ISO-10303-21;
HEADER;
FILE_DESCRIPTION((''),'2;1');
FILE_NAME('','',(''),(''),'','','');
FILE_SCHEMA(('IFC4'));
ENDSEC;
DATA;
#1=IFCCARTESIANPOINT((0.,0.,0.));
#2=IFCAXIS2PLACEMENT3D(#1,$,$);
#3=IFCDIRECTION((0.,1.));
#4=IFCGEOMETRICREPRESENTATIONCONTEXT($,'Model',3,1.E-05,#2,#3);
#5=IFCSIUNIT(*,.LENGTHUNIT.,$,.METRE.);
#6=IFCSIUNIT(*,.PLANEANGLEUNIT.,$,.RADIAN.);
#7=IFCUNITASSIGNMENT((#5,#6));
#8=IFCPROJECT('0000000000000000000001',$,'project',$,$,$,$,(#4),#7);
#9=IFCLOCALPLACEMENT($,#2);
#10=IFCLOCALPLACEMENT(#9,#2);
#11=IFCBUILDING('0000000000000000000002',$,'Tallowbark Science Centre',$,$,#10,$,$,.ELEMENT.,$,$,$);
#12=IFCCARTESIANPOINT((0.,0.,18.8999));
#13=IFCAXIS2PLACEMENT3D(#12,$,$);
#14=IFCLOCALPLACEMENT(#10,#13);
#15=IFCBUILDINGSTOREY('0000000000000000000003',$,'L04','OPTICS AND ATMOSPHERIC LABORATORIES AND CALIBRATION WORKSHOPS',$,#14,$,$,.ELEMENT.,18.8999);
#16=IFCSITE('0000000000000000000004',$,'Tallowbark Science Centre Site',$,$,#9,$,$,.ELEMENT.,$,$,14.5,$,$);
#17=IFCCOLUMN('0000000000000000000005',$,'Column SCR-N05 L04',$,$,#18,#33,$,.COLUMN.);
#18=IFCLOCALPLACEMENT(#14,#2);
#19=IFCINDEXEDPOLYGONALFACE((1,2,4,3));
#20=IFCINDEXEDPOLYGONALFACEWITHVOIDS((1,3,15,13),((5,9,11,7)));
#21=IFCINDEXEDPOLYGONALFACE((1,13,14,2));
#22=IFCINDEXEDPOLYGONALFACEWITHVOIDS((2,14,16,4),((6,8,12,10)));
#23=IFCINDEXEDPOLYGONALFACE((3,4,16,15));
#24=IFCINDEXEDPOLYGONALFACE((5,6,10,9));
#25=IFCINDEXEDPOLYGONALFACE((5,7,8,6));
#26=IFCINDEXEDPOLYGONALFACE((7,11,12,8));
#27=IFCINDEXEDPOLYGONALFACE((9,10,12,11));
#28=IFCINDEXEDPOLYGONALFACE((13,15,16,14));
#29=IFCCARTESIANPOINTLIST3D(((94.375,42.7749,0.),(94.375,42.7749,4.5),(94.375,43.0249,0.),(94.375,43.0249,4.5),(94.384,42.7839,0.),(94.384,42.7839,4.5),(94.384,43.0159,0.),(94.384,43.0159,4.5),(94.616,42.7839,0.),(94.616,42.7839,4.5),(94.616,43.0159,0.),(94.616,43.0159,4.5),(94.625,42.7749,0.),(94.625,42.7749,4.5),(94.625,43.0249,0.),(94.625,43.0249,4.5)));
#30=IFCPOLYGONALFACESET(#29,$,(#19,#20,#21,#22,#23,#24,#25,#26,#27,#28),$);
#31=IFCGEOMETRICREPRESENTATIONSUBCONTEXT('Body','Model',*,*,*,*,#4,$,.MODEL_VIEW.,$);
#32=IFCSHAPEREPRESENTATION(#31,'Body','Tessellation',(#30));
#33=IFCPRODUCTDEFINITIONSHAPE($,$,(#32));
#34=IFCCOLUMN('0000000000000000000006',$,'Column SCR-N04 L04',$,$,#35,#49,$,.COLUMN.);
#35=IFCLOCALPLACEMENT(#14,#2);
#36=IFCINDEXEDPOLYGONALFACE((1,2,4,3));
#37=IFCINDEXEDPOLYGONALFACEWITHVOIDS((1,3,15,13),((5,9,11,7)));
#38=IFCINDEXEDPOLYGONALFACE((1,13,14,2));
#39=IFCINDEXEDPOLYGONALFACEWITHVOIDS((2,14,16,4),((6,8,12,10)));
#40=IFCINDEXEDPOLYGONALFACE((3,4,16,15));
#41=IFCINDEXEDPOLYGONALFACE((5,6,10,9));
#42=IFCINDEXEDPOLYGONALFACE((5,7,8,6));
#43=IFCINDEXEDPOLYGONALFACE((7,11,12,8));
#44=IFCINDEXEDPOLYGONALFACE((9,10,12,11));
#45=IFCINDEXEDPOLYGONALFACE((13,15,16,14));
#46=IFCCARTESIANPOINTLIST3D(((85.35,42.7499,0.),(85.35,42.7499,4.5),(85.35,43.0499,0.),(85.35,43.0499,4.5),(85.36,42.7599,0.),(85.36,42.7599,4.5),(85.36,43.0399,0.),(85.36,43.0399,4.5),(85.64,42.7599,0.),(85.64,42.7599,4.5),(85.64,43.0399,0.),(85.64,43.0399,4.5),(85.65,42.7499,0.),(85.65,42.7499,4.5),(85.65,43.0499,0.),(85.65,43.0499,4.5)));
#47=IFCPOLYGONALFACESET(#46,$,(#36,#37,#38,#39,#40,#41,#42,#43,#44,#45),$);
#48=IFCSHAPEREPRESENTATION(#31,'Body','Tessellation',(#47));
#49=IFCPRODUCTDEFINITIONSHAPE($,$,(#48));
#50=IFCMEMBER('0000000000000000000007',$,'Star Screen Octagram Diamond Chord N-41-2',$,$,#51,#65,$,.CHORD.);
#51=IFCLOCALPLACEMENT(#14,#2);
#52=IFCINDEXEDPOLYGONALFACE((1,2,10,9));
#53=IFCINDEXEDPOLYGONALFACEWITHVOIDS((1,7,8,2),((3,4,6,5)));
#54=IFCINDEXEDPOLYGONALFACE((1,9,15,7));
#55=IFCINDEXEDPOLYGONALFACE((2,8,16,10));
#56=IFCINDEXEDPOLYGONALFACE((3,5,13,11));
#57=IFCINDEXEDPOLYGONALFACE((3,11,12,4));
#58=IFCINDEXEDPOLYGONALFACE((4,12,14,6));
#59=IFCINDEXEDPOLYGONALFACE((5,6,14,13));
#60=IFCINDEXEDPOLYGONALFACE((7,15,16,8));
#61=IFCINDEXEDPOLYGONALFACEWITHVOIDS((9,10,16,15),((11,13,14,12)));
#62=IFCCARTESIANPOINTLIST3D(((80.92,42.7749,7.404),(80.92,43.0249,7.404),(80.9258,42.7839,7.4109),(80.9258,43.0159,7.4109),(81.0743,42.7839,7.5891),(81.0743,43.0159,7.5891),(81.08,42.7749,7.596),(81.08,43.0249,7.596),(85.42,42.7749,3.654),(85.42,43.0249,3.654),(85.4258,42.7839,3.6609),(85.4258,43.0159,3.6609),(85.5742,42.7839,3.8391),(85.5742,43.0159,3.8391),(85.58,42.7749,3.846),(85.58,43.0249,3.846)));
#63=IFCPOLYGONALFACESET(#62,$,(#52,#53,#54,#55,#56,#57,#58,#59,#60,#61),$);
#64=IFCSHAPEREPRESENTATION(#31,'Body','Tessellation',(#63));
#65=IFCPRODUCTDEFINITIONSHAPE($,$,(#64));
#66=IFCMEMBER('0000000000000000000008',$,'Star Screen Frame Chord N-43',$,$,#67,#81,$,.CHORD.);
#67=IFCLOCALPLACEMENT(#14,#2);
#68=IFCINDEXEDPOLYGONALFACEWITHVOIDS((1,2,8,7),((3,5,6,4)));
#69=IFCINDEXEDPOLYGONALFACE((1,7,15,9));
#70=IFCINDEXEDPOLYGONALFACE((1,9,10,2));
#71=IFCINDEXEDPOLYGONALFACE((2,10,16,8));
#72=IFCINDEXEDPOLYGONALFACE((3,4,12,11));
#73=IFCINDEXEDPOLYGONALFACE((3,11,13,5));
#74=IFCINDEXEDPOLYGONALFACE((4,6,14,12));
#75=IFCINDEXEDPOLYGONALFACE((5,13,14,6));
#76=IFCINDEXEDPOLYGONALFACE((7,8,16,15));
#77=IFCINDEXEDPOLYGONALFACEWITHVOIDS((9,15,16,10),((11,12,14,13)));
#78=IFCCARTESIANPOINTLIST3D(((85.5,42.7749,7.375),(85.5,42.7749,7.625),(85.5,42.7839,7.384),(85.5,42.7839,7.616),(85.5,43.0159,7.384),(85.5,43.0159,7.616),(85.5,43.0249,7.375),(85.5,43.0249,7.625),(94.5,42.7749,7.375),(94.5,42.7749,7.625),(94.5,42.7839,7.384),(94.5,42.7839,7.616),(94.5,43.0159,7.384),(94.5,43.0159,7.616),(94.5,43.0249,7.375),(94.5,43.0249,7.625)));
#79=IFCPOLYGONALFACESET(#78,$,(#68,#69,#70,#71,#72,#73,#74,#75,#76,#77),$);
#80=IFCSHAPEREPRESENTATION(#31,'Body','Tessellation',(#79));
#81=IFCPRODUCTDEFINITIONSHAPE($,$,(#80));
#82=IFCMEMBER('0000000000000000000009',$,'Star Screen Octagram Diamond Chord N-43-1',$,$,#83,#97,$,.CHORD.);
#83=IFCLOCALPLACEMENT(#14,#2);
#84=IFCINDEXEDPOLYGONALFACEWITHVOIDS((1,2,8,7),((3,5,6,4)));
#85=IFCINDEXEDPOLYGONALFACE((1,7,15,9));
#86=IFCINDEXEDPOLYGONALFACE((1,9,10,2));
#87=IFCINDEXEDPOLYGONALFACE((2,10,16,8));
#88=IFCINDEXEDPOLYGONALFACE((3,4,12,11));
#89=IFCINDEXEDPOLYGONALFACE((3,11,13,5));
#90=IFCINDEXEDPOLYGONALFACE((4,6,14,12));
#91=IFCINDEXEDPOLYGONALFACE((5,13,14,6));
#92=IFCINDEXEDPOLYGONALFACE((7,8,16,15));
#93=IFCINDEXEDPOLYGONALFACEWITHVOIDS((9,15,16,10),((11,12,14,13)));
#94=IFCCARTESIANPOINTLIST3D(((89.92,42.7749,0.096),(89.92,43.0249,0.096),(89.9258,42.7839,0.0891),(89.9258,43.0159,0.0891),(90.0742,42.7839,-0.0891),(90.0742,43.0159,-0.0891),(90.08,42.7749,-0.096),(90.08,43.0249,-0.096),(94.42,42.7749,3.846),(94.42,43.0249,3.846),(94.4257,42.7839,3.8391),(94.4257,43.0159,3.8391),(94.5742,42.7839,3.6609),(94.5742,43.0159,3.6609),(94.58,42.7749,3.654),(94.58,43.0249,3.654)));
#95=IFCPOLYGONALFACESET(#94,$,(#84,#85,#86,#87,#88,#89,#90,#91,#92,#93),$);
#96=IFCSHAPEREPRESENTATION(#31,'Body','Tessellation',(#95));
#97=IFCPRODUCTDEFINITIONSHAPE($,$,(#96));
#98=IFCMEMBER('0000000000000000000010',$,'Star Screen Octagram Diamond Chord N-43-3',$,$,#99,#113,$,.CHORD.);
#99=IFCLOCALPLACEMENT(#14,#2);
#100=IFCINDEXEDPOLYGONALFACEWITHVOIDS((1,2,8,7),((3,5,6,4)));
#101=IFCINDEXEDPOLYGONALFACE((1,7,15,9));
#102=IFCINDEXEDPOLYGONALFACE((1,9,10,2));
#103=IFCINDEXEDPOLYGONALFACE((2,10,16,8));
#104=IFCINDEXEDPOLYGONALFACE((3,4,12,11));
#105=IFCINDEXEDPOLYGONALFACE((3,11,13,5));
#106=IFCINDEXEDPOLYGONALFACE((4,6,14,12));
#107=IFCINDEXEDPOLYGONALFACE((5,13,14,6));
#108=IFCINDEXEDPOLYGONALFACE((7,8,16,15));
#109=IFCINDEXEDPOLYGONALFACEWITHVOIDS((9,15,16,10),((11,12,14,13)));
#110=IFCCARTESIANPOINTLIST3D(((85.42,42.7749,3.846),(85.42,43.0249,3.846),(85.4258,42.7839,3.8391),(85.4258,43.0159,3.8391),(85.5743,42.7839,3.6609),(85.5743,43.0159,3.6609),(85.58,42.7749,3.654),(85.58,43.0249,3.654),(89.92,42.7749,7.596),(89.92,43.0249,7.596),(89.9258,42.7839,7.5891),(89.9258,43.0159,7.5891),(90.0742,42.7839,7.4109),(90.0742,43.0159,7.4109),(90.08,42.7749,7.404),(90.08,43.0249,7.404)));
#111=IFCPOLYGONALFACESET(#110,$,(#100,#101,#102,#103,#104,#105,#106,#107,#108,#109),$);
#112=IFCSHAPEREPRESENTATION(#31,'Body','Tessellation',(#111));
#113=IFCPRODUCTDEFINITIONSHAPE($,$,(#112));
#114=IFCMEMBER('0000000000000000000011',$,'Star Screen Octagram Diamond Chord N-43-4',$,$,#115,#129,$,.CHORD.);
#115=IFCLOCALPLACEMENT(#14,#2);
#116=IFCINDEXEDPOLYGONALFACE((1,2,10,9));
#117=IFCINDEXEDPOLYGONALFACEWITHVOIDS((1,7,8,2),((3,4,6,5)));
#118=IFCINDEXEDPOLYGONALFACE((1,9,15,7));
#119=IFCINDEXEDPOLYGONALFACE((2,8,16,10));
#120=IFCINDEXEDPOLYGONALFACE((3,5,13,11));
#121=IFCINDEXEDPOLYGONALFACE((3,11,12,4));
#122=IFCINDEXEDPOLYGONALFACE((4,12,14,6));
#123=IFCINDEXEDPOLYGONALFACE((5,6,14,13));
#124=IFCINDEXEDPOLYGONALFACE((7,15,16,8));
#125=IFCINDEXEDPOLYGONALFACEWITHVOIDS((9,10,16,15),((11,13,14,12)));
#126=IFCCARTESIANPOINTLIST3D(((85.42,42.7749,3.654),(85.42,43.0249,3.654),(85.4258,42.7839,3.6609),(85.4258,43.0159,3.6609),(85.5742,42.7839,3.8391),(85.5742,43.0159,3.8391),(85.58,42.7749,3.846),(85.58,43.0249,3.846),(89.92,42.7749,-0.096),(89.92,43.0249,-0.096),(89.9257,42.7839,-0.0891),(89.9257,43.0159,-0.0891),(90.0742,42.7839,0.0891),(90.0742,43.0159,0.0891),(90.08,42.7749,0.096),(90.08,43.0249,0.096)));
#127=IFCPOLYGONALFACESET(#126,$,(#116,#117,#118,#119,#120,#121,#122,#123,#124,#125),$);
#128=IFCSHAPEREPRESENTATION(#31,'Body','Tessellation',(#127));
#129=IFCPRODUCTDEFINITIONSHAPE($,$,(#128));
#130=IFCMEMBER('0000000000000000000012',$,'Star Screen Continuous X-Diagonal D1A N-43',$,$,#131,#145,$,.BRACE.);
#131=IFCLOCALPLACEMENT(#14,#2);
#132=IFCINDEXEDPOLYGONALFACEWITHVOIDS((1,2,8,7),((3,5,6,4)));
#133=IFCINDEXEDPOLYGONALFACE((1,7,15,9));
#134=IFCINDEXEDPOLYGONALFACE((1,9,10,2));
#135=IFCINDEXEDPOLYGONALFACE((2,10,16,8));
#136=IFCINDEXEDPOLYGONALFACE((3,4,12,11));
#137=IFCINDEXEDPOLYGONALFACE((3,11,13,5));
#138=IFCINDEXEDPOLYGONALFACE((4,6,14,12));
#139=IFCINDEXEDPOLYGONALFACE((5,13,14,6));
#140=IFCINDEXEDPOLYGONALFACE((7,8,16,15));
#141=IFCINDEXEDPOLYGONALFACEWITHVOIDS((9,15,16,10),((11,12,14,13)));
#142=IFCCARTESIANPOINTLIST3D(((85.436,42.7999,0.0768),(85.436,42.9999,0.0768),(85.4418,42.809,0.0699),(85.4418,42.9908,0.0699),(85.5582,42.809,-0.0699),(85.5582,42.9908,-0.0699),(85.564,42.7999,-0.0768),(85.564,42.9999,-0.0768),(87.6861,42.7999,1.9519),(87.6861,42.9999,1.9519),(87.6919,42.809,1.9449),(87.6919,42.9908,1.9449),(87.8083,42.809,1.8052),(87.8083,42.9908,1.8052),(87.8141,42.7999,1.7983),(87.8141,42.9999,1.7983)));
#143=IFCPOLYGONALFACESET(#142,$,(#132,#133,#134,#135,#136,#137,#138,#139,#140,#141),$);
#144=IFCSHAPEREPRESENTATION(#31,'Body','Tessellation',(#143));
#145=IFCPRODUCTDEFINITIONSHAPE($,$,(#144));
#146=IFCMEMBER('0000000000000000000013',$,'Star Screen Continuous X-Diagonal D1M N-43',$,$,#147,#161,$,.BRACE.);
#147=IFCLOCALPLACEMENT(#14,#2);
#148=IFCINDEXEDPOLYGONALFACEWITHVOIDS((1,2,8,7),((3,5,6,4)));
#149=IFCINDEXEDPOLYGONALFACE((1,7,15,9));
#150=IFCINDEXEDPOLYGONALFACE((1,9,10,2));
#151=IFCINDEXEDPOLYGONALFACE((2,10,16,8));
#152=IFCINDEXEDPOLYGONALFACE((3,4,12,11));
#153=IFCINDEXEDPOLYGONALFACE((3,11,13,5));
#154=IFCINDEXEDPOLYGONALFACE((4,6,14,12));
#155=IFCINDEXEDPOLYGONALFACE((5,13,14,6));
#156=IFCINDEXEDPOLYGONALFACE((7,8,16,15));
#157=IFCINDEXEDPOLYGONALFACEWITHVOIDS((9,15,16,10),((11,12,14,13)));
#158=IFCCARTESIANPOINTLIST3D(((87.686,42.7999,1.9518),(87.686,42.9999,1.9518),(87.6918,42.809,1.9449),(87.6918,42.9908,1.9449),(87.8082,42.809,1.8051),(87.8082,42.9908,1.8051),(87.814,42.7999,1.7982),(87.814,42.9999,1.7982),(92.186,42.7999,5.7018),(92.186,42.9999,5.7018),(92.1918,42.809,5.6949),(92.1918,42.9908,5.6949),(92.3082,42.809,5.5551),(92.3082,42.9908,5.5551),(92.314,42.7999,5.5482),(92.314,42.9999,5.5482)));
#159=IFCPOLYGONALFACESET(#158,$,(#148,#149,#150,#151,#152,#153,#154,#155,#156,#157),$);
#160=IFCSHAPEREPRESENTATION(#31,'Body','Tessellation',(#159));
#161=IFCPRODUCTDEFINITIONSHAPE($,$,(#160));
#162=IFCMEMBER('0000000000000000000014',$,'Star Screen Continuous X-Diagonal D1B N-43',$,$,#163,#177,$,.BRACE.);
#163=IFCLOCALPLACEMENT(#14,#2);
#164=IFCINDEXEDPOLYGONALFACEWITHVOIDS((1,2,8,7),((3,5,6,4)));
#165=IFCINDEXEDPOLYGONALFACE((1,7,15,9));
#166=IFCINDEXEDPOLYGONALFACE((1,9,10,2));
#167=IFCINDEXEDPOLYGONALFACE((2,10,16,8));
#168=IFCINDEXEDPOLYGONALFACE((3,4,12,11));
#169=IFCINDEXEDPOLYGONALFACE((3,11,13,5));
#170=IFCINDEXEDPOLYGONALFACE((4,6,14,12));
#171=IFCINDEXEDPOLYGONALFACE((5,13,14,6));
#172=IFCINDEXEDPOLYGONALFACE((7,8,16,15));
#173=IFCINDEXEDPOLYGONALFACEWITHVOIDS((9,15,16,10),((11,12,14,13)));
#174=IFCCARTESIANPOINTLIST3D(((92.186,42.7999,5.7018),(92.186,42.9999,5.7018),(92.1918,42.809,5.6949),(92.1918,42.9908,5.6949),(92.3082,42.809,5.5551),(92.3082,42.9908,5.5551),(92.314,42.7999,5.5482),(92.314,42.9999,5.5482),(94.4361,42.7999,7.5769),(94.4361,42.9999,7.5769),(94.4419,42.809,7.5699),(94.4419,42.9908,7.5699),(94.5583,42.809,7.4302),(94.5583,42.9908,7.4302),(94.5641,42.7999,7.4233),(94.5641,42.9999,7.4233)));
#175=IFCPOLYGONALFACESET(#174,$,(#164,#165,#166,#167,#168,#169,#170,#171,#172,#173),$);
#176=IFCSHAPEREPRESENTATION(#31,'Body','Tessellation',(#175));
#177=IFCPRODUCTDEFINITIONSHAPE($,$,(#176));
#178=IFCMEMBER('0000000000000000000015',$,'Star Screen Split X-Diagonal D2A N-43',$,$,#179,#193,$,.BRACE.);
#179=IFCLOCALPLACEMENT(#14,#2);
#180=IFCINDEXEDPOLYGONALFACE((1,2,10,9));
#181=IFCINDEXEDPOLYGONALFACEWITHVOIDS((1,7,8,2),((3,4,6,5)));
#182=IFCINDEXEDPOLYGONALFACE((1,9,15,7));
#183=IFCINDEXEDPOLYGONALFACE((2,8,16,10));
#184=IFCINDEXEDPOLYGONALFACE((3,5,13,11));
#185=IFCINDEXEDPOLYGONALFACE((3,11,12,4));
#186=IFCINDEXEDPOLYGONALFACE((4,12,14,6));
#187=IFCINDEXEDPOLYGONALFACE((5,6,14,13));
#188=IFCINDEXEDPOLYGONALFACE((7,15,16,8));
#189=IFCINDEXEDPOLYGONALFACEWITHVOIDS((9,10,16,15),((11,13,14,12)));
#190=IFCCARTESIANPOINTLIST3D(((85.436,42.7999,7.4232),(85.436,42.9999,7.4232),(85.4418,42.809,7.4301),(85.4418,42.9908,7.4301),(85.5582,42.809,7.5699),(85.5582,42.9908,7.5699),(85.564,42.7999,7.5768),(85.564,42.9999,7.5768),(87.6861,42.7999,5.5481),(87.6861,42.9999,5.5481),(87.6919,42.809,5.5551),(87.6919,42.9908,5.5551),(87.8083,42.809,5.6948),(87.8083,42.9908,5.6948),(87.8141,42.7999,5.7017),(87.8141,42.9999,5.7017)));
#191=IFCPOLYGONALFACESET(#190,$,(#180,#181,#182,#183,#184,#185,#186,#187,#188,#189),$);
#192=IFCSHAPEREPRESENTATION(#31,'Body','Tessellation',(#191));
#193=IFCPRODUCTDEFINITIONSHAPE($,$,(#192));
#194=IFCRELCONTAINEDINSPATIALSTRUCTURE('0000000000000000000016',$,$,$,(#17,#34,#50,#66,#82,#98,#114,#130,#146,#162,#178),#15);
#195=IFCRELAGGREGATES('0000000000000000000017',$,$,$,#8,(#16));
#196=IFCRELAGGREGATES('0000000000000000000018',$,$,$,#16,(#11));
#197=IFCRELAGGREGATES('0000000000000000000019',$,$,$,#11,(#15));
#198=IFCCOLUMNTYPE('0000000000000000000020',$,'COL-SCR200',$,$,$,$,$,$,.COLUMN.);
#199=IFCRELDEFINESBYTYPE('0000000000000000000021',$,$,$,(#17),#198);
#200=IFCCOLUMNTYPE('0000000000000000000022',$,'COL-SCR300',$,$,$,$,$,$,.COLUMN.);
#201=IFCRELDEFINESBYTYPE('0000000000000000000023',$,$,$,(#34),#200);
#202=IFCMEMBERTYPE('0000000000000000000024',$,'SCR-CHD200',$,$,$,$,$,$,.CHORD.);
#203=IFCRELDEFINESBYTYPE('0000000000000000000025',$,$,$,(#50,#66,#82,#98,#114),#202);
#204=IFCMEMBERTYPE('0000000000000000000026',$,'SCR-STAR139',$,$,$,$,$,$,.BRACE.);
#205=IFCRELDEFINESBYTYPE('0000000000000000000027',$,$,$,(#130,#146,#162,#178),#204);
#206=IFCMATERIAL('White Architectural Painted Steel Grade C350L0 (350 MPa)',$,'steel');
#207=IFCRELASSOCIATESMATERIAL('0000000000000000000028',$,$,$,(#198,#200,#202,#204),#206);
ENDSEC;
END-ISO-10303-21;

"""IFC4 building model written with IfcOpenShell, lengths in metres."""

from ifc_helpers import new_model, si_unit, direction, frame, origin, origin_2d, place, context, subcontext, project, spatial, hollow_rectangle, extrude, material, material_profile, profile_set, type_object, element, save


model = new_model("IFC4")

# Units and contexts
model_context = context("Model", 3, precision=1e-05, world=origin(), true_north=direction((0.0, 1.0)))
body_context = subcontext(model_context, "Body", "Model", "MODEL_VIEW")
ifc_project = project(units=[si_unit("LENGTHUNIT", "METRE"), si_unit("PLANEANGLEUNIT", "RADIAN")], contexts=[model_context])

# Site, building, storey
site_placement = place(None, origin())
site = spatial("IfcSite", under=ifc_project, at=site_placement, Name="Tallowbark Science Centre Site", CompositionType="ELEMENT", RefElevation=14.5)
building_placement = place(site_placement, origin())
building = spatial("IfcBuilding", under=site, at=building_placement, Name="Tallowbark Science Centre", CompositionType="ELEMENT")
storey_placement = place(building_placement, frame((0.0, 0.0, 18.8999)))
storey = spatial("IfcBuildingStorey", under=building, at=storey_placement, Name="L04", Description="OPTICS AND ATMOSPHERIC LABORATORIES AND CALIBRATION WORKSHOPS", CompositionType="ELEMENT", Elevation=18.8999)

# Columns
ifc_material_1 = material(Name="White Architectural Painted Steel Grade C350L0 (350 MPa)", Category="steel")
ifc_material_profile_1 = material_profile(ifc_material_1, hollow_rectangle(XDim=0.25, YDim=0.25, WallThickness=0.009, at=origin_2d()), Name="250x250x9.0SHS")
ifc_profile_set_1 = profile_set([ifc_material_profile_1], Name="White Architectural Painted Steel Grade C350L0 (350 MPa)")
column_type_1 = type_object("IfcColumnType", Name="COL-SCR200", PredefinedType="COLUMN", material=ifc_profile_set_1)
column_1_placement = place(storey_placement, frame((94.5, 42.8999, 0.0), z_axis=(0.0, 0.0, 1.0), x_axis=(1.0, 0.0, 0.0)))
element("IfcColumn", 1, at=column_1_placement, inside=storey, type_object=column_type_1, Name="Column SCR-N05 L04", PredefinedType="COLUMN", context=body_context, shape_type="SweptSolid", body=[
    extrude(hollow_rectangle(XDim=0.25, YDim=0.25, WallThickness=0.009, at=origin_2d()), origin(), (0.0, 0.0, 1.0), 4.5),
])
ifc_material_profile_2 = material_profile(ifc_material_1, hollow_rectangle(XDim=0.3, YDim=0.3, WallThickness=0.01, at=origin_2d()), Name="300x300x10.0SHS")
ifc_profile_set_2 = profile_set([ifc_material_profile_2], Name="White Architectural Painted Steel Grade C350L0 (350 MPa)")
column_type_2 = type_object("IfcColumnType", Name="COL-SCR300", PredefinedType="COLUMN", material=ifc_profile_set_2)
column_2_placement = place(storey_placement, frame((85.5, 42.8999, 0.0), z_axis=(0.0, 0.0, 1.0), x_axis=(1.0, 0.0, 0.0)))
element("IfcColumn", 2, at=column_2_placement, inside=storey, type_object=column_type_2, Name="Column SCR-N04 L04", PredefinedType="COLUMN", context=body_context, shape_type="SweptSolid", body=[
    extrude(hollow_rectangle(XDim=0.3, YDim=0.3, WallThickness=0.01, at=origin_2d()), origin(), (0.0, 0.0, 1.0), 4.5),
])

# Members
ifc_material_profile_3 = material_profile(ifc_material_1, hollow_rectangle(XDim=0.25, YDim=0.25, WallThickness=0.009, at=origin_2d()), Name="250x250x9.0SHS")
ifc_profile_set_3 = profile_set([ifc_material_profile_3], Name="White Architectural Painted Steel Grade C350L0 (350 MPa)")
member_type_1 = type_object("IfcMemberType", Name="SCR-CHD200", PredefinedType="CHORD", material=ifc_profile_set_3)
member_1_placement = place(storey_placement, frame((85.5, 42.8999, 3.75), z_axis=(-0.768221, 0.0, 0.640184), x_axis=(0.0, -1.0, 0.0)))
element("IfcMember", 3, at=member_1_placement, inside=storey, type_object=member_type_1, Name="Star Screen Octagram Diamond Chord N-41-2", PredefinedType="CHORD", context=body_context, shape_type="SweptSolid", body=[
    extrude(hollow_rectangle(XDim=0.25, YDim=0.25, WallThickness=0.009, at=origin_2d()), origin(), (0.0, 0.0, 1.0), 5.8577),
])
member_2_placement = place(storey_placement, frame((85.5, 42.8999, 7.5), z_axis=(1.0, 0.0, 0.0), x_axis=(0.0, 1.0, 0.0)))
element("IfcMember", 4, at=member_2_placement, inside=storey, type_object=member_type_1, Name="Star Screen Frame Chord N-43", PredefinedType="CHORD", context=body_context, shape_type="SweptSolid", body=[
    extrude(hollow_rectangle(XDim=0.25, YDim=0.25, WallThickness=0.009, at=origin_2d()), origin(), (0.0, 0.0, 1.0), 9.0),
])
for number, where, z_axis, x_axis, name in (
    (5, (90.0, 42.8999, 0.0), (0.768221, 0.0, 0.640184), (0.0, 1.0, 0.0), "Star Screen Octagram Diamond Chord N-43-1"),
    (6, (90.0, 42.8999, 7.5), (-0.768221, 0.0, -0.640184), (0.0, -1.0, 0.0), "Star Screen Octagram Diamond Chord N-43-3"),
    (7, (85.5, 42.8999, 3.75), (0.768221, 0.0, -0.640184), (0.0, 1.0, 0.0), "Star Screen Octagram Diamond Chord N-43-4"),
):
    element("IfcMember", number, at=place(storey_placement, frame(where, z_axis=z_axis, x_axis=x_axis)), inside=storey, type_object=member_type_1, Name=name, PredefinedType="CHORD", context=body_context, shape_type="SweptSolid", body=[
        extrude(hollow_rectangle(XDim=0.25, YDim=0.25, WallThickness=0.009, at=origin_2d()), origin(), (0.0, 0.0, 1.0), 5.8577),
    ])
ifc_material_profile_4 = material_profile(ifc_material_1, hollow_rectangle(XDim=0.2, YDim=0.2, WallThickness=0.009, at=origin_2d()), Name="200x200x9.0SHS")
ifc_profile_set_4 = profile_set([ifc_material_profile_4], Name="White Architectural Painted Steel Grade C350L0 (350 MPa)")
member_type_2 = type_object("IfcMemberType", Name="SCR-STAR139", PredefinedType="BRACE", material=ifc_profile_set_4)
member_3_placement = place(storey_placement, frame((85.5, 42.8999, 0.0), z_axis=(0.768221, 0.0, 0.640184), x_axis=(0.0, 1.0, 0.0)))
element("IfcMember", 8, at=member_3_placement, inside=storey, type_object=member_type_2, Name="Star Screen Continuous X-Diagonal D1A N-43", PredefinedType="BRACE", context=body_context, shape_type="SweptSolid", body=[
    extrude(hollow_rectangle(XDim=0.2, YDim=0.2, WallThickness=0.009, at=origin_2d()), origin(), (0.0, 0.0, 1.0), 2.929),
])
member_4_placement = place(storey_placement, frame((87.75, 42.8999, 1.875), z_axis=(0.768221, 0.0, 0.640184), x_axis=(0.0, 1.0, 0.0)))
element("IfcMember", 9, at=member_4_placement, inside=storey, type_object=member_type_2, Name="Star Screen Continuous X-Diagonal D1M N-43", PredefinedType="BRACE", context=body_context, shape_type="SweptSolid", body=[
    extrude(hollow_rectangle(XDim=0.2, YDim=0.2, WallThickness=0.009, at=origin_2d()), origin(), (0.0, 0.0, 1.0), 5.8577),
])
for number, where, z_axis, x_axis, name in (
    (10, (92.25, 42.8999, 5.625), (0.768221, 0.0, 0.640184), (0.0, 1.0, 0.0), "Star Screen Continuous X-Diagonal D1B N-43"),
    (11, (85.5, 42.8999, 7.5), (0.768221, 0.0, -0.640184), (0.0, 1.0, 0.0), "Star Screen Split X-Diagonal D2A N-43"),
):
    element("IfcMember", number, at=place(storey_placement, frame(where, z_axis=z_axis, x_axis=x_axis)), inside=storey, type_object=member_type_2, Name=name, PredefinedType="BRACE", context=body_context, shape_type="SweptSolid", body=[
        extrude(hollow_rectangle(XDim=0.2, YDim=0.2, WallThickness=0.009, at=origin_2d()), origin(), (0.0, 0.0, 1.0), 2.929),
    ])

save(model, "model.ifc")
